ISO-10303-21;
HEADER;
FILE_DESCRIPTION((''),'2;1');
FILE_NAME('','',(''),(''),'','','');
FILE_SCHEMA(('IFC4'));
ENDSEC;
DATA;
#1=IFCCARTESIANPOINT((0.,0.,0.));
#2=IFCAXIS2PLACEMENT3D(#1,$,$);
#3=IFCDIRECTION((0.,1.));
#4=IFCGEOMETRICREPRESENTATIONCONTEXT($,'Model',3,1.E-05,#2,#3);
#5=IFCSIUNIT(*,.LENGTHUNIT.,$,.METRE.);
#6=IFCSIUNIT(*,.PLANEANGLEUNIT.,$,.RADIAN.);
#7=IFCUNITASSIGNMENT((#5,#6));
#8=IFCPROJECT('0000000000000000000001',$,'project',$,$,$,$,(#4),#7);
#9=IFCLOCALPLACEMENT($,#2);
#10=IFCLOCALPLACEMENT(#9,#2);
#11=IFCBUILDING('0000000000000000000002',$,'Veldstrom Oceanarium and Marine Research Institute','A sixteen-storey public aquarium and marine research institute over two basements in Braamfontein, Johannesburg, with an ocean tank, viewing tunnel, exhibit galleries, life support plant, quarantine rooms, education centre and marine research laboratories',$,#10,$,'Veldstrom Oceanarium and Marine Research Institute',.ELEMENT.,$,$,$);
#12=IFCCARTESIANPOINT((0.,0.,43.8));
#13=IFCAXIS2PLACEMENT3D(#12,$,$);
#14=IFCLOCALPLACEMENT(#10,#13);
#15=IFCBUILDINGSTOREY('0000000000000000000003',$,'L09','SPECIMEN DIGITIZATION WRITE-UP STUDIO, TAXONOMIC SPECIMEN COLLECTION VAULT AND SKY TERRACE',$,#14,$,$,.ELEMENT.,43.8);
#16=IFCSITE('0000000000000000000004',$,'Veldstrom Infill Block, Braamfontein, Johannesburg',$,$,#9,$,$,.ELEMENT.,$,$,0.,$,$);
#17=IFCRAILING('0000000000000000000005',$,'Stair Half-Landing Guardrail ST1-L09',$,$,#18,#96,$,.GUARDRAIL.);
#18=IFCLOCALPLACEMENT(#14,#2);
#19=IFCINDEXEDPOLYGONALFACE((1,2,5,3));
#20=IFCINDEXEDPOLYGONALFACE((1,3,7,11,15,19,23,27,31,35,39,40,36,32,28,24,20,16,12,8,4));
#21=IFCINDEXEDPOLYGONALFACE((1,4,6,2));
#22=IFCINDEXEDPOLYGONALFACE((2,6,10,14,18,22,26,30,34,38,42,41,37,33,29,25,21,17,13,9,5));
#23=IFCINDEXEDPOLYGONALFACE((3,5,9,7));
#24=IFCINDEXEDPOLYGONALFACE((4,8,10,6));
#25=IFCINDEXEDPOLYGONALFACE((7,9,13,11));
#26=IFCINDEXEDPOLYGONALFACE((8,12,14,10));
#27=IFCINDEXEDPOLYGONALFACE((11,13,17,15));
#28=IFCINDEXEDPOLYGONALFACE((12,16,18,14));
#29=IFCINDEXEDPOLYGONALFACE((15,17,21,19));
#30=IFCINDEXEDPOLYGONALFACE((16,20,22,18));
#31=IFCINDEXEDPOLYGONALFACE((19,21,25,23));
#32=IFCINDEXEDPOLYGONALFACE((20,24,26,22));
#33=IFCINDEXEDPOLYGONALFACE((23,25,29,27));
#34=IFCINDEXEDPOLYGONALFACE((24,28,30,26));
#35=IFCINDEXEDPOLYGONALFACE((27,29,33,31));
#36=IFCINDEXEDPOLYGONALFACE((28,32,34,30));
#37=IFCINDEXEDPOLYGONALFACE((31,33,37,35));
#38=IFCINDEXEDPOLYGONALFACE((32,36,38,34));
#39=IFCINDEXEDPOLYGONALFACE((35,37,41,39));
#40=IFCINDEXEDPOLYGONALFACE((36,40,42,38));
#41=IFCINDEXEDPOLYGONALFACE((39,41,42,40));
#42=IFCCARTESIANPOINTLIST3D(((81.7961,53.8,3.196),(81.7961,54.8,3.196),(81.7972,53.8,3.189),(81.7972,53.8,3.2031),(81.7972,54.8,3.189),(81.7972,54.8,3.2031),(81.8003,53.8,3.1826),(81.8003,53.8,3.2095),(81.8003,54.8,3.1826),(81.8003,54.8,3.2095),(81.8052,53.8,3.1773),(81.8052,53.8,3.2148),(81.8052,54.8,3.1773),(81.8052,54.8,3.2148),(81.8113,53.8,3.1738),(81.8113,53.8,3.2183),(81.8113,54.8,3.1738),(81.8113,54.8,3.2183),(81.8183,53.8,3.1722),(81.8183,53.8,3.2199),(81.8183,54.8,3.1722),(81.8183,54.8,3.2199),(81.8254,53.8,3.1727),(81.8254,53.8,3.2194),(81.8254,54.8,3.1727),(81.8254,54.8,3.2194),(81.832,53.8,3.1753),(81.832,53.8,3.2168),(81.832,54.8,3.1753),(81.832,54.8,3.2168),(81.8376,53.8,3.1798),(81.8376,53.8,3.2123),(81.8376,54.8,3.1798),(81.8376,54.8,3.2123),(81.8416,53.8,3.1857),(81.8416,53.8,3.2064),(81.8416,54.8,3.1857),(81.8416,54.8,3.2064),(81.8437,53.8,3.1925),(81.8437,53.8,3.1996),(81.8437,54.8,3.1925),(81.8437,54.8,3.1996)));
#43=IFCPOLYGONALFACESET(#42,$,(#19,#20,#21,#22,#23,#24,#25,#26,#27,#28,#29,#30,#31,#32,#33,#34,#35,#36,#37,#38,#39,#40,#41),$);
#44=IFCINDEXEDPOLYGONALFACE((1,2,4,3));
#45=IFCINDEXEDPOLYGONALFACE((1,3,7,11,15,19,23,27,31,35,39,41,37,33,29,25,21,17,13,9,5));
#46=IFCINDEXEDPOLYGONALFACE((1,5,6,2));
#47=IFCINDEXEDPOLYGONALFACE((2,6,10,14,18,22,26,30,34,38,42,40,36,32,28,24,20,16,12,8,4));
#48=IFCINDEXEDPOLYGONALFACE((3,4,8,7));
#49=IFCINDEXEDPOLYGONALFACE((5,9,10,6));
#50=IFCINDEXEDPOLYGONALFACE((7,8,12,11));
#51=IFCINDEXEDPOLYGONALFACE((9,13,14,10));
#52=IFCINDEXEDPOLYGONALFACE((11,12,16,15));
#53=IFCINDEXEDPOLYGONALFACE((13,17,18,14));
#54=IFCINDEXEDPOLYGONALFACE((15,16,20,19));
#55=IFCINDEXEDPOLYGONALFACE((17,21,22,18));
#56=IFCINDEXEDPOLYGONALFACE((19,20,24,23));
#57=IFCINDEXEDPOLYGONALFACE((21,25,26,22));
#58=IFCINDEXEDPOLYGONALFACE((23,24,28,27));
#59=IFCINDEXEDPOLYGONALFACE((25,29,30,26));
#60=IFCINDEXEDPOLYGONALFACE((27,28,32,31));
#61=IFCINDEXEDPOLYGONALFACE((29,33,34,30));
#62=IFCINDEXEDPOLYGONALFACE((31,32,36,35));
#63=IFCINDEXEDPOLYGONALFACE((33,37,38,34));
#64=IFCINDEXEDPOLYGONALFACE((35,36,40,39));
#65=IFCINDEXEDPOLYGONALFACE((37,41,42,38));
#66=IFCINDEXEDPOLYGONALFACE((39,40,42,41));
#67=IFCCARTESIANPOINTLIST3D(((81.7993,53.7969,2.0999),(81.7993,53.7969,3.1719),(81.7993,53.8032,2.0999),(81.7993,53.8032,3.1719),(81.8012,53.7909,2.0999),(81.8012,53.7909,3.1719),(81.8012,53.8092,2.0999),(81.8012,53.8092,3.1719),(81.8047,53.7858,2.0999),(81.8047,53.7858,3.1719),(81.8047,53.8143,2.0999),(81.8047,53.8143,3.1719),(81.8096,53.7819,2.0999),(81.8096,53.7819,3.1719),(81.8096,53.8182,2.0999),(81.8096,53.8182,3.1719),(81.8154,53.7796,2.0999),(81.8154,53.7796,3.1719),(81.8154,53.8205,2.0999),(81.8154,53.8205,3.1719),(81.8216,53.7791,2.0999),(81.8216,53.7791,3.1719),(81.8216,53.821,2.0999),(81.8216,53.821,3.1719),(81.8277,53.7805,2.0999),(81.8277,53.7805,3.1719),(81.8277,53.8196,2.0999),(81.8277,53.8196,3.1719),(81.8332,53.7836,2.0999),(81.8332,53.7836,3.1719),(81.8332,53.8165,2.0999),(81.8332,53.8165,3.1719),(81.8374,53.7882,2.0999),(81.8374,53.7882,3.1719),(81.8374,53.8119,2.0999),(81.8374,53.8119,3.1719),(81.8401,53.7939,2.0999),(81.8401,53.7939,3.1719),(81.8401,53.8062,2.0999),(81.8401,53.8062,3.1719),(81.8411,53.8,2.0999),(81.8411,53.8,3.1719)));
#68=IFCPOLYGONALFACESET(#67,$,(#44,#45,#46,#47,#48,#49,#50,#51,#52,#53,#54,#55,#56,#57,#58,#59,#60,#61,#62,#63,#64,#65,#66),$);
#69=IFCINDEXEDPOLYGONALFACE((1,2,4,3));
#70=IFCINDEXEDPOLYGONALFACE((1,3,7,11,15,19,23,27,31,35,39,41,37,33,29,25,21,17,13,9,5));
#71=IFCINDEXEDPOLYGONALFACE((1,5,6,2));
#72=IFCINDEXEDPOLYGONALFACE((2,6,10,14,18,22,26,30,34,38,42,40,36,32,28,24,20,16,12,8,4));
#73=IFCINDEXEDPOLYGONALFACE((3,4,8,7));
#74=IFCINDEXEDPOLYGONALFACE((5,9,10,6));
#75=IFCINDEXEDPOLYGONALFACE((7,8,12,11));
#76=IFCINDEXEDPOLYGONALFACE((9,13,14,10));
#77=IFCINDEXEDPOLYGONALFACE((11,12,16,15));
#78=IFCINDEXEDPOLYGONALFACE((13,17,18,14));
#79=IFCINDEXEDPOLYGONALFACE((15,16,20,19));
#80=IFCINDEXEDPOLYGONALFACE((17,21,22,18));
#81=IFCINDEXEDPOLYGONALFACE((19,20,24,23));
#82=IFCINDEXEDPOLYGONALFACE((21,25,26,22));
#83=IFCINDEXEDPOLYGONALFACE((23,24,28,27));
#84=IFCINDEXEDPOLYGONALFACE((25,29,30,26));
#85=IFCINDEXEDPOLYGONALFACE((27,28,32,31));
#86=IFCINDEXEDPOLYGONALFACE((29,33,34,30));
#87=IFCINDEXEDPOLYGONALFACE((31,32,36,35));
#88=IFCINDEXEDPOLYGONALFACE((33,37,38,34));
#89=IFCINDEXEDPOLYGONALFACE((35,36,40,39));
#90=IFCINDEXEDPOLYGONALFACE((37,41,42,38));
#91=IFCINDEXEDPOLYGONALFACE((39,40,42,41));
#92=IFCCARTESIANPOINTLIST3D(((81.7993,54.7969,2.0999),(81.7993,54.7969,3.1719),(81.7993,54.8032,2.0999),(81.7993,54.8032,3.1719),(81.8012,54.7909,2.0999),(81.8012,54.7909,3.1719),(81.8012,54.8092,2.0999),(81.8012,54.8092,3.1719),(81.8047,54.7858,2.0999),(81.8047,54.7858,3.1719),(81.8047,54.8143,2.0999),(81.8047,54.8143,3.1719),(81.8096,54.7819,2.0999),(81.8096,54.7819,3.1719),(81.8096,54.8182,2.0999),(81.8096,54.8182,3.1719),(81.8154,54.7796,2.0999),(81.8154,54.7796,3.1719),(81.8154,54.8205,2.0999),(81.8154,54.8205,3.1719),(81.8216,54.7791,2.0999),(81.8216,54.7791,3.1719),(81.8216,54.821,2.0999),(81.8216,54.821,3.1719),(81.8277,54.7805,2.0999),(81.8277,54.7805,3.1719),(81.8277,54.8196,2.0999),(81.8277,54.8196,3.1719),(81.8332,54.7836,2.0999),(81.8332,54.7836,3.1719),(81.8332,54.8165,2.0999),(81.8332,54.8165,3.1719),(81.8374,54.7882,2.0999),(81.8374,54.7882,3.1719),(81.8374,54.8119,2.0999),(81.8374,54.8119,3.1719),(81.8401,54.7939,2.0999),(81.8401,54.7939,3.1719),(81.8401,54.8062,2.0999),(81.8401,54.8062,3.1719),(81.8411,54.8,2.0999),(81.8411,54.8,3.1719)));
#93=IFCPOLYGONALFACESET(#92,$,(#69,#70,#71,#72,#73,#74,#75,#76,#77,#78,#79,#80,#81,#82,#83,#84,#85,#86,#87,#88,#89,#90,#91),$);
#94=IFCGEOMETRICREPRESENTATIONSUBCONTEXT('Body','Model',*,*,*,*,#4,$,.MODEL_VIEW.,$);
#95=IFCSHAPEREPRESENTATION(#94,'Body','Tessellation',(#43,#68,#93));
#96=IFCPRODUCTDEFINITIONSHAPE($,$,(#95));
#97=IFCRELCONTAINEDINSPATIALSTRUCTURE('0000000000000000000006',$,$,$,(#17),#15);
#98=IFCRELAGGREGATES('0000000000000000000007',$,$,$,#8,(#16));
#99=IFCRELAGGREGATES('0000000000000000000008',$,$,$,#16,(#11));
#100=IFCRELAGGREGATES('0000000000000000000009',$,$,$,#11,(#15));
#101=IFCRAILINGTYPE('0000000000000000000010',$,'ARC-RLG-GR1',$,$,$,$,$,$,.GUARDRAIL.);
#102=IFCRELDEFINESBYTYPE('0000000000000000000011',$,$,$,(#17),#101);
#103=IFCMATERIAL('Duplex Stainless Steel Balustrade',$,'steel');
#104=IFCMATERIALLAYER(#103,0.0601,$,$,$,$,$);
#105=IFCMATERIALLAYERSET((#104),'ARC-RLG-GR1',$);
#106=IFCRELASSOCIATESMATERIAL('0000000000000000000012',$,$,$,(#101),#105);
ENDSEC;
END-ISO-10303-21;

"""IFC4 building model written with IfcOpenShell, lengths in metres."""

from ifc_helpers import new_model, si_unit, direction, frame, origin, origin_2d, place, context, subcontext, project, spatial, circle, extrude, material, layer, layer_set, type_object, element, save


model = new_model("IFC4")

# Units and contexts
model_context = context("Model", 3, precision=1e-05, world=origin(), true_north=direction((0.0, 1.0)))
body_context = subcontext(model_context, "Body", "Model", "MODEL_VIEW")
ifc_project = project(units=[si_unit("LENGTHUNIT", "METRE"), si_unit("PLANEANGLEUNIT", "RADIAN")], contexts=[model_context])

# Site, building, storey
site_placement = place(None, origin())
site = spatial("IfcSite", under=ifc_project, at=site_placement, Name="Veldstrom Infill Block, Braamfontein, Johannesburg", CompositionType="ELEMENT", RefElevation=0.0)
building_placement = place(site_placement, origin())
building = spatial("IfcBuilding", under=site, at=building_placement, Name="Veldstrom Oceanarium and Marine Research Institute", Description="A sixteen-storey public aquarium and marine research institute over two basements in Braamfontein, Johannesburg, with an ocean tank, viewing tunnel, exhibit galleries, life support plant, quarantine rooms, education centre and marine research laboratories", LongName="Veldstrom Oceanarium and Marine Research Institute", CompositionType="ELEMENT")
storey_placement = place(building_placement, frame((0.0, 0.0, 43.8)))
storey = spatial("IfcBuildingStorey", under=building, at=storey_placement, Name="L09", Description="SPECIMEN DIGITIZATION WRITE-UP STUDIO, TAXONOMIC SPECIMEN COLLECTION VAULT AND SKY TERRACE", CompositionType="ELEMENT", Elevation=43.8)

# Railing
ifc_material_1 = material(Name="Duplex Stainless Steel Balustrade", Category="steel")
ifc_layer_1 = layer(ifc_material_1, 0.0601)
ifc_layer_set_1 = layer_set([ifc_layer_1], Name="ARC-RLG-GR1")
railing_type_1 = type_object("IfcRailingType", Name="ARC-RLG-GR1", PredefinedType="GUARDRAIL", material=ifc_layer_set_1)
railing_1_placement = place(storey_placement, frame((81.8201, 53.8, 2.0999)))
element("IfcRailing", 1, at=railing_1_placement, inside=storey, type_object=railing_type_1, Name="Stair Half-Landing Guardrail ST1-L09", PredefinedType="GUARDRAIL", context=body_context, shape_type="SweptSolid", body=[
    extrude(circle(Radius=0.0239, at=origin_2d()), frame((0.0, 0.0, 1.0962), z_axis=(0.0, 1.0, 0.0), x_axis=(-1.0, 0.0, 0.0)), (0.0, 0.0, 1.0), 1.0),
    extrude(circle(Radius=0.021, at=origin_2d()), origin(), (0.0, 0.0, 1.0), 1.072),
    extrude(circle(Radius=0.021, at=origin_2d()), frame((0.0, 1.0, 0.0)), (0.0, 0.0, 1.0), 1.072),
])

save(model, "model.ifc")
